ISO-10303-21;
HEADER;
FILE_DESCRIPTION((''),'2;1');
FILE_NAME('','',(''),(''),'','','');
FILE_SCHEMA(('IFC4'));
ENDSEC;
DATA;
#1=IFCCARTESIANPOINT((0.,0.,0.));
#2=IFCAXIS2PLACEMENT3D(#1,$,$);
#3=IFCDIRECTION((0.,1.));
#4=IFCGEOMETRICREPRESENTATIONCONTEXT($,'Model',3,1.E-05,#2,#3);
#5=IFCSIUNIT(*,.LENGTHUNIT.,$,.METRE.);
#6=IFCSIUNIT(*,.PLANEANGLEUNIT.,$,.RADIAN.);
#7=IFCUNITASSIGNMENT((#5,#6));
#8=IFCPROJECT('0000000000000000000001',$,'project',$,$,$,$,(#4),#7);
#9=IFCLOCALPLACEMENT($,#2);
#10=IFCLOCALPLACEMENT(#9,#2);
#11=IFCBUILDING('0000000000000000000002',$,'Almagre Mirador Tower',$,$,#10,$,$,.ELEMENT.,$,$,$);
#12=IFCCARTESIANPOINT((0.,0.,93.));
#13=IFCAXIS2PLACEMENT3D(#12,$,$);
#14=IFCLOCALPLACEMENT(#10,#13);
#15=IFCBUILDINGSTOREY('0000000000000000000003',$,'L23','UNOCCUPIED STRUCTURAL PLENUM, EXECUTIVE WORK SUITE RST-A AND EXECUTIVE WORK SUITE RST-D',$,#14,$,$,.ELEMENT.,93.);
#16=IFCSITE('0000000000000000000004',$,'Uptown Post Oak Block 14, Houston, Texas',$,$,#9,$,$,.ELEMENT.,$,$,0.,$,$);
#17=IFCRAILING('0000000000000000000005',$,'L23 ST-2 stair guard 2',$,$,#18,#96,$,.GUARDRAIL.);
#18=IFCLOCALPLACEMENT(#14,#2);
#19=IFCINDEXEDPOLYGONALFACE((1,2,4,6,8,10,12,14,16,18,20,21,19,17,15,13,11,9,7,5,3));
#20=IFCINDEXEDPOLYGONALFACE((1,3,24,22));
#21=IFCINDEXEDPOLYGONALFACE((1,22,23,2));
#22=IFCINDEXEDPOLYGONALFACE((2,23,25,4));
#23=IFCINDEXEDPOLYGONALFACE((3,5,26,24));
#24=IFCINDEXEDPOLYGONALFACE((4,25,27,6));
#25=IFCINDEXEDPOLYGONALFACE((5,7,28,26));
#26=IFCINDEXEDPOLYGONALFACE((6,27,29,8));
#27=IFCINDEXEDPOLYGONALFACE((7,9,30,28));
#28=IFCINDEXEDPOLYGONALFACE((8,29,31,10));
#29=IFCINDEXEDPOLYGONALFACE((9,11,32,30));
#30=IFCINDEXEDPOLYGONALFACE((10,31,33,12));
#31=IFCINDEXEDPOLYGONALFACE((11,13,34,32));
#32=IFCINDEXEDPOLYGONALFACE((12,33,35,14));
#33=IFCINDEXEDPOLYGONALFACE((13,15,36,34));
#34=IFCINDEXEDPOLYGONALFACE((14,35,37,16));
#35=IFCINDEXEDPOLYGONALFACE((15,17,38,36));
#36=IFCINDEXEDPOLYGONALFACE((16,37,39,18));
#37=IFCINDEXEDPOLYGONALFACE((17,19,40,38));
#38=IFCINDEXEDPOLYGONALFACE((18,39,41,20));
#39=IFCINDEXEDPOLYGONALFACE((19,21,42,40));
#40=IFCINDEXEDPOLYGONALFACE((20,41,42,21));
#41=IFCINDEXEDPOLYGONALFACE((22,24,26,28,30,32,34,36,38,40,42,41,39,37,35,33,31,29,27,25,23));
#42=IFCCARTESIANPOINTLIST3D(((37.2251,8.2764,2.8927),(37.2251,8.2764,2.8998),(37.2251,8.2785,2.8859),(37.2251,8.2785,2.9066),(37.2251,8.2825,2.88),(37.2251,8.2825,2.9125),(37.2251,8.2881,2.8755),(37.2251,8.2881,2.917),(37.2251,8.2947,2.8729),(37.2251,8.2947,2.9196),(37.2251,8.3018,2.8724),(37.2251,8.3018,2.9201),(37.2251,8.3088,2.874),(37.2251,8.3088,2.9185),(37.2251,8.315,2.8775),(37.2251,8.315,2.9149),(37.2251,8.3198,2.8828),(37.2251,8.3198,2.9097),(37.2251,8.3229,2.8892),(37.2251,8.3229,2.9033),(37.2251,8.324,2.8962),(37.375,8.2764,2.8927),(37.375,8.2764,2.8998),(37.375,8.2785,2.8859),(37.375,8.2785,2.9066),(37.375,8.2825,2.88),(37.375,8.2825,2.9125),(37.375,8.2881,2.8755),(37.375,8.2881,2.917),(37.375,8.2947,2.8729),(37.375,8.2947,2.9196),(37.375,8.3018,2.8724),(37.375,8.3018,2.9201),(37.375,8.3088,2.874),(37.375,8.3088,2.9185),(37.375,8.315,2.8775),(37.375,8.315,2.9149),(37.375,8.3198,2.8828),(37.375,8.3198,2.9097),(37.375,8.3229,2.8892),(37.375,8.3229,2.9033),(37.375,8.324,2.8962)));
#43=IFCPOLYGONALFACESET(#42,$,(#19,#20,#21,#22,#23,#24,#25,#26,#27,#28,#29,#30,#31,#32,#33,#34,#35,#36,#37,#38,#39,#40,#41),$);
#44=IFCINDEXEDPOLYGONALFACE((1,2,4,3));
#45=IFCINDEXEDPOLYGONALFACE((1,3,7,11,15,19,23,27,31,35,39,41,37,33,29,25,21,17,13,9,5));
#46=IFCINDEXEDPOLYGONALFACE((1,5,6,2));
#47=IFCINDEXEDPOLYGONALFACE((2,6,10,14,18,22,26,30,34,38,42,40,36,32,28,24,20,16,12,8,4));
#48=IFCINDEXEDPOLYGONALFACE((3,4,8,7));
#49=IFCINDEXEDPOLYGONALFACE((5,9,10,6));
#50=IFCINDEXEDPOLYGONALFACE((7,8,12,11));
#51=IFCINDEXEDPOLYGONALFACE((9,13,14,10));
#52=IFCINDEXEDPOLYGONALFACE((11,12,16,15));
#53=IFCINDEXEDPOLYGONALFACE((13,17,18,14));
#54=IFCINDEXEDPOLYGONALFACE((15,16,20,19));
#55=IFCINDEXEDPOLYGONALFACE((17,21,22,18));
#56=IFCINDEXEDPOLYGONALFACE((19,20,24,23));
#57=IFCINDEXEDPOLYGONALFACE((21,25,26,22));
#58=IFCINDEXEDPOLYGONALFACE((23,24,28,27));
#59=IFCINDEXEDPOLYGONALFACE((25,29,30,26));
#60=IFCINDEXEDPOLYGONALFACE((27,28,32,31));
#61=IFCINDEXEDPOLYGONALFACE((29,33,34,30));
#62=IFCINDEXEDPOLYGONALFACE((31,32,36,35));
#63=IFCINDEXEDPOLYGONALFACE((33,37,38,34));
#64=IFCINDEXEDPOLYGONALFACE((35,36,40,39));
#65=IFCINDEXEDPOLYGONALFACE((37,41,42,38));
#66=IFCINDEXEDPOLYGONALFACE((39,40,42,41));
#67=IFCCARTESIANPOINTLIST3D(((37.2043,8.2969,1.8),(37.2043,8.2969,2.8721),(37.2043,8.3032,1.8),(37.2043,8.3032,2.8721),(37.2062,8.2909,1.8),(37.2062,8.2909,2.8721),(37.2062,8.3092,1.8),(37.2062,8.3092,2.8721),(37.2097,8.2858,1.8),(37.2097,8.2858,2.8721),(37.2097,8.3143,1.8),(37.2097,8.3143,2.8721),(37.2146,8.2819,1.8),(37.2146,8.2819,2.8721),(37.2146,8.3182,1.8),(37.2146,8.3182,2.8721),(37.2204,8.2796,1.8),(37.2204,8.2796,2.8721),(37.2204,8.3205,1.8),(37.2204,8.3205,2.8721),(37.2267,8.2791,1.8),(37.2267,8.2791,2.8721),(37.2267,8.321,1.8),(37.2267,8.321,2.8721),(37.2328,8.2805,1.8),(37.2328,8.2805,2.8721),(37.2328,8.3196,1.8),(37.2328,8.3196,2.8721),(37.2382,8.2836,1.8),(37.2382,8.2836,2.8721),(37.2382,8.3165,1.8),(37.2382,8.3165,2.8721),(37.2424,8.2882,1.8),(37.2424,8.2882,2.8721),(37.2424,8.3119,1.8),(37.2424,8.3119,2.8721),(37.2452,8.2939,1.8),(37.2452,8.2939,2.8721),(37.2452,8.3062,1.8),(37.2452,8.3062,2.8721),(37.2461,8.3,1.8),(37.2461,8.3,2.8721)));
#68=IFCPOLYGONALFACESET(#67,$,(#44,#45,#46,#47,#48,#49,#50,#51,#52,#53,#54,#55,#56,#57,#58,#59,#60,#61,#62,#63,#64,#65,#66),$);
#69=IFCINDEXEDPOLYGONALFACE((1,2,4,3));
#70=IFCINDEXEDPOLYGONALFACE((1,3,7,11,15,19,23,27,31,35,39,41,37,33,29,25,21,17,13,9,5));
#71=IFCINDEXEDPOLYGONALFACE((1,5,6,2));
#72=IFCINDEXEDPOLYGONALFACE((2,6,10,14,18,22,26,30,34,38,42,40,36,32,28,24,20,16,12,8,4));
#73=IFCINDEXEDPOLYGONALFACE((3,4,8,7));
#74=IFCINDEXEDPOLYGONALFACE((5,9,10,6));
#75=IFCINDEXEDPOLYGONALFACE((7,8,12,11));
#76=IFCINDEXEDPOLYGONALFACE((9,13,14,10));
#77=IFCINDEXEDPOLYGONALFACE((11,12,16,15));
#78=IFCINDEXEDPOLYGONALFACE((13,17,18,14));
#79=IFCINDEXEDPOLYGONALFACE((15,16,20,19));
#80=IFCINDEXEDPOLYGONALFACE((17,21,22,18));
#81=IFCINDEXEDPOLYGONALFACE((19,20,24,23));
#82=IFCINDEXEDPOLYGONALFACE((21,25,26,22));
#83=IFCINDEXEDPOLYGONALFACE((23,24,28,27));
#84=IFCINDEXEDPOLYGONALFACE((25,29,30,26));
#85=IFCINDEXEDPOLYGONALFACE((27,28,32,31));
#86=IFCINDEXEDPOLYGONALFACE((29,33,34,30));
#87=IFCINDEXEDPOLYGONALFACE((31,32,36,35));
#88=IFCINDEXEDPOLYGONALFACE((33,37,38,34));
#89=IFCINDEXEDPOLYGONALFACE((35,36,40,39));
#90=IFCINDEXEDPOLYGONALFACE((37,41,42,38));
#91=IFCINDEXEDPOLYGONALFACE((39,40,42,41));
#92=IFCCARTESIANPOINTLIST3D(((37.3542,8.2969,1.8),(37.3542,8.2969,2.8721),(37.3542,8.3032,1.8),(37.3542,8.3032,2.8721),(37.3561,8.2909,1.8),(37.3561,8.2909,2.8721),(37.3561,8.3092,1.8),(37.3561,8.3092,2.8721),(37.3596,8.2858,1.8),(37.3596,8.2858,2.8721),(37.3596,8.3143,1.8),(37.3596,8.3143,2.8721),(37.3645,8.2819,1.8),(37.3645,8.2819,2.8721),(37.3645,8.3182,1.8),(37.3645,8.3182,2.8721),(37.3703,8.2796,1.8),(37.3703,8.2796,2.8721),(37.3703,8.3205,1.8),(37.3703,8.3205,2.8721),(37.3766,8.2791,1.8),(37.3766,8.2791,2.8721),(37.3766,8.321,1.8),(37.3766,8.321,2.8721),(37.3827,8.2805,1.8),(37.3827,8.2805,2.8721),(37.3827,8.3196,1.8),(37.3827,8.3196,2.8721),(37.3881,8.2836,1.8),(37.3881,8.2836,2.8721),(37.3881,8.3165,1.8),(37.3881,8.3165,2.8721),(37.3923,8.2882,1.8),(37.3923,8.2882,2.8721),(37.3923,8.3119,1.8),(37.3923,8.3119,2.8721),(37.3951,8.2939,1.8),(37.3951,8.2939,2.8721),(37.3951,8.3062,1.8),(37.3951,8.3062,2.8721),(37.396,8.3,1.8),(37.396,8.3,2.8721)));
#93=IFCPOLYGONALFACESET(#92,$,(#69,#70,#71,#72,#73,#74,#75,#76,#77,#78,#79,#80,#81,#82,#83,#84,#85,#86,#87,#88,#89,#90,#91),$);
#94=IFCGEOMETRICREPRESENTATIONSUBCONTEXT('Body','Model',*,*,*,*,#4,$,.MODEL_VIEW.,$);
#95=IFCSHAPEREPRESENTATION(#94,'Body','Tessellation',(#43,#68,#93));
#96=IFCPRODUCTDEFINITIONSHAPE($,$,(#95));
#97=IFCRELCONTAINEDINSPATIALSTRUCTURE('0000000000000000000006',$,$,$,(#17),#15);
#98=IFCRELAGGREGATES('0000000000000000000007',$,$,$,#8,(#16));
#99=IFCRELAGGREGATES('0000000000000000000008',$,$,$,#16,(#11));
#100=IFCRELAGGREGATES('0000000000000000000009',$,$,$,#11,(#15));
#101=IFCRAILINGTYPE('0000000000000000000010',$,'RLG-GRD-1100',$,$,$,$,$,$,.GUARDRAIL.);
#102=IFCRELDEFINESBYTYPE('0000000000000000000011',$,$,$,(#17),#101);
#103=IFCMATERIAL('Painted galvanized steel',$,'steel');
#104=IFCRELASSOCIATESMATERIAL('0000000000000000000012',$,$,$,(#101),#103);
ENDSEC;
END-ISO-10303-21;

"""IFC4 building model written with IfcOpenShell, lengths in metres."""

from ifc_helpers import new_model, si_unit, direction, frame, origin, origin_2d, place, context, subcontext, project, spatial, circle, extrude, material, type_object, element, save


model = new_model("IFC4")

# Units and contexts
model_context = context("Model", 3, precision=1e-05, world=origin(), true_north=direction((0.0, 1.0)))
body_context = subcontext(model_context, "Body", "Model", "MODEL_VIEW")
ifc_project = project(units=[si_unit("LENGTHUNIT", "METRE"), si_unit("PLANEANGLEUNIT", "RADIAN")], contexts=[model_context])

# Site, building, storey
site_placement = place(None, origin())
site = spatial("IfcSite", under=ifc_project, at=site_placement, Name="Uptown Post Oak Block 14, Houston, Texas", CompositionType="ELEMENT", RefElevation=0.0)
building_placement = place(site_placement, origin())
building = spatial("IfcBuilding", under=site, at=building_placement, Name="Almagre Mirador Tower", CompositionType="ELEMENT")
storey_placement = place(building_placement, frame((0.0, 0.0, 93.0)))
storey = spatial("IfcBuildingStorey", under=building, at=storey_placement, Name="L23", Description="UNOCCUPIED STRUCTURAL PLENUM, EXECUTIVE WORK SUITE RST-A AND EXECUTIVE WORK SUITE RST-D", CompositionType="ELEMENT", Elevation=93.0)

# Railing
ifc_material_1 = material(Name="Painted galvanized steel", Category="steel")
railing_type_1 = type_object("IfcRailingType", Name="RLG-GRD-1100", PredefinedType="GUARDRAIL", material=ifc_material_1)
railing_1_placement = place(storey_placement, frame((37.2251, 8.3, 1.8)))
element("IfcRailing", 1, at=railing_1_placement, inside=storey, type_object=railing_type_1, Name="L23 ST-2 stair guard 2", PredefinedType="GUARDRAIL", context=body_context, shape_type="SweptSolid", body=[
    extrude(circle(Radius=0.0239, at=origin_2d()), frame((0.0, 0.0, 1.0962), z_axis=(1.0, 0.0, 0.0), x_axis=(0.0, 1.0, 0.0)), (0.0, 0.0, 1.0), 0.1499),
    extrude(circle(Radius=0.021, at=origin_2d()), origin(), (0.0, 0.0, 1.0), 1.072),
    extrude(circle(Radius=0.021, at=origin_2d()), frame((0.1499, 0.0, 0.0)), (0.0, 0.0, 1.0), 1.072),
])

save(model, "model.ifc")
